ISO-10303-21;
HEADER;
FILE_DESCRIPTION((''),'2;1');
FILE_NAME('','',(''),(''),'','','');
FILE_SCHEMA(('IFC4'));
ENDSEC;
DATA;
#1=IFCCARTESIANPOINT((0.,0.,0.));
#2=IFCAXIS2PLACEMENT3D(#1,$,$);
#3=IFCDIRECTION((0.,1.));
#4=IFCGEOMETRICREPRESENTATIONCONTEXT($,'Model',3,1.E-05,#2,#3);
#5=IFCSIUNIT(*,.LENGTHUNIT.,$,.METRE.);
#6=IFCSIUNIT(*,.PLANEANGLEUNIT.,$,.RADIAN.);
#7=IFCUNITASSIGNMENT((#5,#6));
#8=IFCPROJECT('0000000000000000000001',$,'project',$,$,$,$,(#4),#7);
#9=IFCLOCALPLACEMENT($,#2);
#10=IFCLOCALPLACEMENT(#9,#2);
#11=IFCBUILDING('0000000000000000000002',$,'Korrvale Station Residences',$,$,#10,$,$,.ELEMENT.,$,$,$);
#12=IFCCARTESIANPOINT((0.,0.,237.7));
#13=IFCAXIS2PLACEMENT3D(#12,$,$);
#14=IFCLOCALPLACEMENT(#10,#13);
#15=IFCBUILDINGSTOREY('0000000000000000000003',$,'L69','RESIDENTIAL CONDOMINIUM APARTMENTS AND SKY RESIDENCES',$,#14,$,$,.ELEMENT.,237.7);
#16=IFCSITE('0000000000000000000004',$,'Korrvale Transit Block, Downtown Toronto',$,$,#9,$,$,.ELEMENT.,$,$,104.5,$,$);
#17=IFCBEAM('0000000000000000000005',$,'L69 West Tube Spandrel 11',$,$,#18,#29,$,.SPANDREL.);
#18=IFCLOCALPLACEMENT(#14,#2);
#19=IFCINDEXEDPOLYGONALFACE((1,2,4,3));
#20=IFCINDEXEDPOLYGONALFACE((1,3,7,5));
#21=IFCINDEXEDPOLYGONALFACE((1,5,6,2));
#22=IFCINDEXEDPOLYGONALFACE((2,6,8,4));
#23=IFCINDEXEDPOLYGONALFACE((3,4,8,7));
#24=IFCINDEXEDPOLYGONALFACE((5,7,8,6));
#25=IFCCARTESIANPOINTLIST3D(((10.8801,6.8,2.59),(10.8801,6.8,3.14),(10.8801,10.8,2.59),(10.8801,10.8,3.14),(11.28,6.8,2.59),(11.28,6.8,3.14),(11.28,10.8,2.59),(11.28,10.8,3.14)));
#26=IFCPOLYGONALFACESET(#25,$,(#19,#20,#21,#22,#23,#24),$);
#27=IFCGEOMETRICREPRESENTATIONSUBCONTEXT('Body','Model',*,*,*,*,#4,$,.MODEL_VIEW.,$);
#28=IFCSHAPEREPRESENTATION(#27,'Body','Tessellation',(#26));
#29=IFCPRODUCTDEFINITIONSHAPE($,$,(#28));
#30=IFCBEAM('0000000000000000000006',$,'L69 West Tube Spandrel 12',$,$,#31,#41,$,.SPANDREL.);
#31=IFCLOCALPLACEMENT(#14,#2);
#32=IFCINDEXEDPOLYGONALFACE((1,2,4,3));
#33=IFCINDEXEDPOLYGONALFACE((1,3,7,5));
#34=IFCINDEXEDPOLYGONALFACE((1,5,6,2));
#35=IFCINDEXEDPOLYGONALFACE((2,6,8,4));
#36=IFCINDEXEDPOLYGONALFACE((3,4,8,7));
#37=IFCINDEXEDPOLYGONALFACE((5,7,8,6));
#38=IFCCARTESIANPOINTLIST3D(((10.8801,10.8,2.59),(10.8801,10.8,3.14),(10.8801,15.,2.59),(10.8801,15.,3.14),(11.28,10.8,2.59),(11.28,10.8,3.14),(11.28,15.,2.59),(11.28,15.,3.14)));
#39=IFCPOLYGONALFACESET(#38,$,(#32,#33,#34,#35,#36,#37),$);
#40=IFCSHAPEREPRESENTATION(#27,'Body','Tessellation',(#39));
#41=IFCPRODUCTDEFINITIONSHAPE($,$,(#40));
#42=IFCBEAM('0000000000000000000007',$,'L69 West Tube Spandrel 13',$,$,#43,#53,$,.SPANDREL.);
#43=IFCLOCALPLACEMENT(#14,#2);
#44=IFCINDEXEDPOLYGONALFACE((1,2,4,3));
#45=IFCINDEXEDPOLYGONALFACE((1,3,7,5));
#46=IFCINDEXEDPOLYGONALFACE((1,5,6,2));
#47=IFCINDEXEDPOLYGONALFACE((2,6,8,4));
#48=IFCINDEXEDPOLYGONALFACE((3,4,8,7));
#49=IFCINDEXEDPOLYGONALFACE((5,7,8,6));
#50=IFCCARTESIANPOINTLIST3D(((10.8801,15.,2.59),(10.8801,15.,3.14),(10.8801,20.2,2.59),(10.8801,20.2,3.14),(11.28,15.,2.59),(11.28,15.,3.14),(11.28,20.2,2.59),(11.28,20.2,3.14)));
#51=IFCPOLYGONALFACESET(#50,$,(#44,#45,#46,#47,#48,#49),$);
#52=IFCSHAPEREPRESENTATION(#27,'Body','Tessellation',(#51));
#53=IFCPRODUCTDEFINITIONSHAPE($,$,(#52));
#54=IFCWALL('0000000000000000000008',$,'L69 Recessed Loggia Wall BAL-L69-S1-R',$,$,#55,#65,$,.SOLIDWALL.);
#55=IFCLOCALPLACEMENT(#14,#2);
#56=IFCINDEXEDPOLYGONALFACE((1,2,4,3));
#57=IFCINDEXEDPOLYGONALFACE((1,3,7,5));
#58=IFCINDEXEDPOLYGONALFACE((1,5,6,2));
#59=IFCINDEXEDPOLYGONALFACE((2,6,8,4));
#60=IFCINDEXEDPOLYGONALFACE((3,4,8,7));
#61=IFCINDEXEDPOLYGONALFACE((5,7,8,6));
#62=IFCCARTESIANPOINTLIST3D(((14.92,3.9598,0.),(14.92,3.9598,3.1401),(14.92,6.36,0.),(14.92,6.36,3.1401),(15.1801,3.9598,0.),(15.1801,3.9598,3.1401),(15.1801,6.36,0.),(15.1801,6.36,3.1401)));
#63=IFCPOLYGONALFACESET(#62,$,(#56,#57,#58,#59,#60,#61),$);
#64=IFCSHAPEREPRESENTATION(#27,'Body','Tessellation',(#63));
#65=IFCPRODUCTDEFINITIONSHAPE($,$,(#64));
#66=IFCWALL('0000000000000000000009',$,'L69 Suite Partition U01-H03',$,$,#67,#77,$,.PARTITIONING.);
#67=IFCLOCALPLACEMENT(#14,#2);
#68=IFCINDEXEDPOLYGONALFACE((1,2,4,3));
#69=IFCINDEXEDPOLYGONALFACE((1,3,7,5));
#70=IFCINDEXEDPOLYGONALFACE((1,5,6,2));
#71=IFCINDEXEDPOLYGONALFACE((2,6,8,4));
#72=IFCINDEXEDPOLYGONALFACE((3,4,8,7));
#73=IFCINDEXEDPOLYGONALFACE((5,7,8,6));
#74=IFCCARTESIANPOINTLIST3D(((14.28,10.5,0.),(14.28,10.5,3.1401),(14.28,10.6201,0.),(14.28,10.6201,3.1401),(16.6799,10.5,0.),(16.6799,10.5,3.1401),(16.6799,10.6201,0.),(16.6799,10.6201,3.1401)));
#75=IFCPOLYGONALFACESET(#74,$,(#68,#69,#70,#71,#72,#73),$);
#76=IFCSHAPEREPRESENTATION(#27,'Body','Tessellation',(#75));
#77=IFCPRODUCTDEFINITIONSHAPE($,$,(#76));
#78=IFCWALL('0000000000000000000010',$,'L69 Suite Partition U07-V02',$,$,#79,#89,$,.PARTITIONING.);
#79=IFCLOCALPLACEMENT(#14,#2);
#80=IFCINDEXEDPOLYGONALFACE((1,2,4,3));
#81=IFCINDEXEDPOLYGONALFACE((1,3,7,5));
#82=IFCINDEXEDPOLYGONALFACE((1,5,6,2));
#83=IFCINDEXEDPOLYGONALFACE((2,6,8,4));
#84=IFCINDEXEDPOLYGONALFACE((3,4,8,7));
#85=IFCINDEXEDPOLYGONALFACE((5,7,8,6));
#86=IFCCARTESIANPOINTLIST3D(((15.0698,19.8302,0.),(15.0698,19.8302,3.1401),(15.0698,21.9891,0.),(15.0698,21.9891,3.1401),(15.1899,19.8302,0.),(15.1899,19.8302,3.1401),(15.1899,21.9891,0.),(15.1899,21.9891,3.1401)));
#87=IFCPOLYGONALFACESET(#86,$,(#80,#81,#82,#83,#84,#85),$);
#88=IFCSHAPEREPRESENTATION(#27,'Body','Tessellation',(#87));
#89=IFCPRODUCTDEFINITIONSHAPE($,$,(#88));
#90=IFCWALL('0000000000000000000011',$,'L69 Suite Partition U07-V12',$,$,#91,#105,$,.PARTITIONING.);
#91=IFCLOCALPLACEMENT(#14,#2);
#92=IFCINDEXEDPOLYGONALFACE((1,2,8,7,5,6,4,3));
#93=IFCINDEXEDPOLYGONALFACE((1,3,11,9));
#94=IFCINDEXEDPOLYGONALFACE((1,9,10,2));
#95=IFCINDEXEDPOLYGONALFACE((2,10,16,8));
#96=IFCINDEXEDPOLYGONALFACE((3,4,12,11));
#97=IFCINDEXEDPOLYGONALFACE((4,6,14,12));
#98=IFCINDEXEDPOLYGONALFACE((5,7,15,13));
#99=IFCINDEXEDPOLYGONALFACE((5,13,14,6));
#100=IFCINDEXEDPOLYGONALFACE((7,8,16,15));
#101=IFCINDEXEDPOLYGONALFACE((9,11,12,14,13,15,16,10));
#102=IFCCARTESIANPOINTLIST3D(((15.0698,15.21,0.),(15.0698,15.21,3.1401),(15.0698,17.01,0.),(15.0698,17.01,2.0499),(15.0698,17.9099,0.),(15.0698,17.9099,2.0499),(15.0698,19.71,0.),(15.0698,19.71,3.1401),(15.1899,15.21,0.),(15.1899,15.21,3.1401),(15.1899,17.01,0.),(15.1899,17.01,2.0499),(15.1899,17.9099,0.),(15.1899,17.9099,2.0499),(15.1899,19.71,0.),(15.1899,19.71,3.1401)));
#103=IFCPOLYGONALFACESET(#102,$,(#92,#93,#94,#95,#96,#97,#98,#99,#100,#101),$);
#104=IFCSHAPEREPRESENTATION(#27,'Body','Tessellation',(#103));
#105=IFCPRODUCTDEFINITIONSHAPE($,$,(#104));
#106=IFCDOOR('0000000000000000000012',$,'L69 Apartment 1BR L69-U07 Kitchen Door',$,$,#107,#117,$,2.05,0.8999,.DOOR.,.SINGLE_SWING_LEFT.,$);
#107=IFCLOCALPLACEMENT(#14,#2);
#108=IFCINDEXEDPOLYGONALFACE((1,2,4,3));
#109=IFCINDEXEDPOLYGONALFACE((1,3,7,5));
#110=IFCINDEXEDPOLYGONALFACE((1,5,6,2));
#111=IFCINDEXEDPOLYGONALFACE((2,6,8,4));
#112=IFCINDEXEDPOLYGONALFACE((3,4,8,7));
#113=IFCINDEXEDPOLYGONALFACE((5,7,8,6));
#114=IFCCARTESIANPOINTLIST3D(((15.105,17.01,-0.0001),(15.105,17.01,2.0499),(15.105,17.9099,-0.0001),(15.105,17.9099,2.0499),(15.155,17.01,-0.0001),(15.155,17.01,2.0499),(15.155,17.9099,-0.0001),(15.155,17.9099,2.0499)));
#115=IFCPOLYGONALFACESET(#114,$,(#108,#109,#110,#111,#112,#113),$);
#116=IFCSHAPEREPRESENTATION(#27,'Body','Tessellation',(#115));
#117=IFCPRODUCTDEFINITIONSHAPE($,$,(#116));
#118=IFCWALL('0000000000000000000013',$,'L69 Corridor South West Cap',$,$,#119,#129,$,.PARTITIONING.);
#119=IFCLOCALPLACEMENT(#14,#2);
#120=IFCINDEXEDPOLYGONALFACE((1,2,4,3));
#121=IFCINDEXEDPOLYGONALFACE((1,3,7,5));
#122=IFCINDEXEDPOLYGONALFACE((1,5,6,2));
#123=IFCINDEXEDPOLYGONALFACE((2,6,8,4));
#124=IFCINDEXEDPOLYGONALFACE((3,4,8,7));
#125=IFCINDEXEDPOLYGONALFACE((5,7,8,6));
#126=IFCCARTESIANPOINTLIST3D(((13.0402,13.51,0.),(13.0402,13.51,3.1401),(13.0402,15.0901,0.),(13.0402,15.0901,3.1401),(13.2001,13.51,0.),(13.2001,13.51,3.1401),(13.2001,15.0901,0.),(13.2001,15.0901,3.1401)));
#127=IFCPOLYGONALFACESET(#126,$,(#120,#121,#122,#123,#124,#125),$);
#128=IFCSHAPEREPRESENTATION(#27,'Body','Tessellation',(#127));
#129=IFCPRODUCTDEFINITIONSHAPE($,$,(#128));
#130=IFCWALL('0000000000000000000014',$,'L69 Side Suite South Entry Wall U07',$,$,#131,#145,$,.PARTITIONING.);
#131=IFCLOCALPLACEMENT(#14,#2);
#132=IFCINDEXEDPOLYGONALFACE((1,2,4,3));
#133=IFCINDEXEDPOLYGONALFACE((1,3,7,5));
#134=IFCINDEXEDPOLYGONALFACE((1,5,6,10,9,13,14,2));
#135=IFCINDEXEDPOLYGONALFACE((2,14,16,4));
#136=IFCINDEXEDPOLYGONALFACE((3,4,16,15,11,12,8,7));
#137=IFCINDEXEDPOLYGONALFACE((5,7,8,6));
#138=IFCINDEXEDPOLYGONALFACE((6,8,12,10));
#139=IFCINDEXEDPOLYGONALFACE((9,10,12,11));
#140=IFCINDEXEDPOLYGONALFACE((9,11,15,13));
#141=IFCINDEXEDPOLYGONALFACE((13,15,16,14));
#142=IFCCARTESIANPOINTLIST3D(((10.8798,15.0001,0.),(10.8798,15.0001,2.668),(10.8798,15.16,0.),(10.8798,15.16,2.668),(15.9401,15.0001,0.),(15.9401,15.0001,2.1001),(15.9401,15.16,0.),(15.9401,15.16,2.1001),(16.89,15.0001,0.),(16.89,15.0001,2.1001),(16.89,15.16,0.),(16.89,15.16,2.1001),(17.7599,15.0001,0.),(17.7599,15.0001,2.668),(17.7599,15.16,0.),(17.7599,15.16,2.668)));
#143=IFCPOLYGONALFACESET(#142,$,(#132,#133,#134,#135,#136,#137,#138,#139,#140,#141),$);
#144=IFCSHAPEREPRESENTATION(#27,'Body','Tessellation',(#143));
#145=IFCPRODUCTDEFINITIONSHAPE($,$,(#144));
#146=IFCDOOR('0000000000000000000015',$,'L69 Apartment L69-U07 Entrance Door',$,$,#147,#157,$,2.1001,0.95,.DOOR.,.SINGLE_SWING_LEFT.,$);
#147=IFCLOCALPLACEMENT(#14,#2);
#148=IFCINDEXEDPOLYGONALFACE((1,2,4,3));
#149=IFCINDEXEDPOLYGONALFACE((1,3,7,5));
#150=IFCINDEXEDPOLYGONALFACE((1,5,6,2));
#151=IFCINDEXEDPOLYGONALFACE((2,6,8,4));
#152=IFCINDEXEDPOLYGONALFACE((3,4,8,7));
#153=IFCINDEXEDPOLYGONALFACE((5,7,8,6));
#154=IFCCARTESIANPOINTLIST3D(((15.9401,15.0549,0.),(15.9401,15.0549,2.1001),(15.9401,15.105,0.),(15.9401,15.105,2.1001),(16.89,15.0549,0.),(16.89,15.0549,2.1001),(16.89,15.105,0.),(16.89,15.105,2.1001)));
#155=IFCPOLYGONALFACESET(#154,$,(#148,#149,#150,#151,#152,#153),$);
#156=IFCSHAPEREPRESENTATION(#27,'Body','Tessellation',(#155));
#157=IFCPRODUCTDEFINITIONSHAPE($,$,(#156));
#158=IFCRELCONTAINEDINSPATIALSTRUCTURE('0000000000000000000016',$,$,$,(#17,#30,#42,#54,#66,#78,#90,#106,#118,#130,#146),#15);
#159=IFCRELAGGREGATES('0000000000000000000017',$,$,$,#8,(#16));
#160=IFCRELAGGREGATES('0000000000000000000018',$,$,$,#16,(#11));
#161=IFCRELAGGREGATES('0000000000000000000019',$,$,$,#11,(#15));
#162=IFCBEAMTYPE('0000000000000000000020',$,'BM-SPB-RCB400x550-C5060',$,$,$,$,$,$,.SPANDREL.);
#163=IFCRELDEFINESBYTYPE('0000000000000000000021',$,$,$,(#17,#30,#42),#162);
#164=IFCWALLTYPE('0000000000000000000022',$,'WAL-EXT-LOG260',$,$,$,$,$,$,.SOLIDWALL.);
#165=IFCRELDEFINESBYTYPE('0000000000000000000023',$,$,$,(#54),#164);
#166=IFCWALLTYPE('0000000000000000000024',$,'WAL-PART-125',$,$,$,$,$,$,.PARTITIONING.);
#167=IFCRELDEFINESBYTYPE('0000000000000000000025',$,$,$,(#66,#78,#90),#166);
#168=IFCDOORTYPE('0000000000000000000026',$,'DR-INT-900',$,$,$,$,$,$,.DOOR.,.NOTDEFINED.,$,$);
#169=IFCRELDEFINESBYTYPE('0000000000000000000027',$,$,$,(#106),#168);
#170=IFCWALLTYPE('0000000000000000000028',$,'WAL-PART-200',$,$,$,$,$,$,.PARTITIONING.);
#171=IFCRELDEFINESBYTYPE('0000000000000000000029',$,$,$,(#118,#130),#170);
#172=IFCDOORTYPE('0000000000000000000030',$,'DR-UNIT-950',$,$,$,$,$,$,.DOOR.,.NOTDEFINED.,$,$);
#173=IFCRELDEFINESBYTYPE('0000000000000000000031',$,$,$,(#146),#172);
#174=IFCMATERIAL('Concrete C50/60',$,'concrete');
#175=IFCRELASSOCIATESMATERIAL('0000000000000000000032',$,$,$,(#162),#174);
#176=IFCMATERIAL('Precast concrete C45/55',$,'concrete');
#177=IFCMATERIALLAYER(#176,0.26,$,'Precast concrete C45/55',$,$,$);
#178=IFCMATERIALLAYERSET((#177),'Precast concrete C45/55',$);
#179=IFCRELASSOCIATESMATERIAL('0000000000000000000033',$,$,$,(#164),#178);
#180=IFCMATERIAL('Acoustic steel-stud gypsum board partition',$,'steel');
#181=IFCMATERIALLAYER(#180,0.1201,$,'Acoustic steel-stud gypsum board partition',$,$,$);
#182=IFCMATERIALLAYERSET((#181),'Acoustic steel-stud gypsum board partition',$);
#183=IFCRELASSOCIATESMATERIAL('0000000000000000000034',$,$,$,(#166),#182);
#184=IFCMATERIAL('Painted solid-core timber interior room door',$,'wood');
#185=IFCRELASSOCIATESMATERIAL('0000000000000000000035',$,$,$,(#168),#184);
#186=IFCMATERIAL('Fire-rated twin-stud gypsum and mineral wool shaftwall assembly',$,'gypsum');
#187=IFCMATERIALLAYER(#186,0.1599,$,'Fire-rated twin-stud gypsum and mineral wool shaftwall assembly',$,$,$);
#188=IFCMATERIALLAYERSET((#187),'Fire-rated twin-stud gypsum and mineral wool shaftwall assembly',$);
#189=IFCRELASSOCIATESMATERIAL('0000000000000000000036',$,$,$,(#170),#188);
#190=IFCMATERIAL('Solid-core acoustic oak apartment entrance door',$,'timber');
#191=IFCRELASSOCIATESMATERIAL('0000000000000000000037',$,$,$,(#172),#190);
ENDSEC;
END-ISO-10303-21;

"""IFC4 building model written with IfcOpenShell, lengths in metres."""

from ifc_helpers import new_model, si_unit, direction, frame, frame_2d, origin, origin_2d, place, context, subcontext, project, spatial, rectangle, extrude, material, layer, layer_set, material_profile, profile_set, type_object, element, fill, save


model = new_model("IFC4")

# Units and contexts
model_context = context("Model", 3, precision=1e-05, world=origin(), true_north=direction((0.0, 1.0)))
body_context = subcontext(model_context, "Body", "Model", "MODEL_VIEW")
ifc_project = project(units=[si_unit("LENGTHUNIT", "METRE"), si_unit("PLANEANGLEUNIT", "RADIAN")], contexts=[model_context])

# Site, building, storey
site_placement = place(None, origin())
site = spatial("IfcSite", under=ifc_project, at=site_placement, Name="Korrvale Transit Block, Downtown Toronto", CompositionType="ELEMENT", RefElevation=104.5)
building_placement = place(site_placement, origin())
building = spatial("IfcBuilding", under=site, at=building_placement, Name="Korrvale Station Residences", CompositionType="ELEMENT")
storey_placement = place(building_placement, frame((0.0, 0.0, 237.7)))
storey = spatial("IfcBuildingStorey", under=building, at=storey_placement, Name="L69", Description="RESIDENTIAL CONDOMINIUM APARTMENTS AND SKY RESIDENCES", CompositionType="ELEMENT", Elevation=237.7)

# Shared definitions
ifc_material_1 = material(Name="Concrete C50/60", Category="concrete")

# Beams
ifc_material_profile_1 = material_profile(ifc_material_1, rectangle(XDim=0.3999, YDim=0.55, at=origin_2d()), Name="RCB400x550")
ifc_profile_set_1 = profile_set([ifc_material_profile_1], Name="Concrete C50/60")
beam_type_1 = type_object("IfcBeamType", Name="BM-SPB-RCB400x550-C5060", PredefinedType="SPANDREL", material=ifc_profile_set_1)
beam_1_placement = place(storey_placement, frame((11.0801, 6.8, 2.865), z_axis=(0.0, 1.0, 0.0), x_axis=(-1.0, 0.0, 0.0)))
element("IfcBeam", 1, at=beam_1_placement, inside=storey, type_object=beam_type_1, Name="L69 West Tube Spandrel 11", PredefinedType="SPANDREL", context=body_context, shape_type="SweptSolid", body=[
    extrude(rectangle(XDim=0.3999, YDim=0.55, at=origin_2d()), origin(), (0.0, 0.0, 1.0), 4.0),
])
beam_2_placement = place(storey_placement, frame((11.0801, 10.8, 2.865), z_axis=(0.0, 1.0, 0.0), x_axis=(-1.0, 0.0, 0.0)))
element("IfcBeam", 2, at=beam_2_placement, inside=storey, type_object=beam_type_1, Name="L69 West Tube Spandrel 12", PredefinedType="SPANDREL", context=body_context, shape_type="SweptSolid", body=[
    extrude(rectangle(XDim=0.3999, YDim=0.55, at=origin_2d()), origin(), (0.0, 0.0, 1.0), 4.2),
])
beam_3_placement = place(storey_placement, frame((11.0801, 15.0, 2.865), z_axis=(0.0, 1.0, 0.0), x_axis=(-1.0, 0.0, 0.0)))
element("IfcBeam", 3, at=beam_3_placement, inside=storey, type_object=beam_type_1, Name="L69 West Tube Spandrel 13", PredefinedType="SPANDREL", context=body_context, shape_type="SweptSolid", body=[
    extrude(rectangle(XDim=0.3999, YDim=0.55, at=origin_2d()), origin(), (0.0, 0.0, 1.0), 5.2),
])

# Walls
ifc_material_2 = material(Name="Precast concrete C45/55", Category="concrete")
ifc_layer_1 = layer(ifc_material_2, 0.26, Name="Precast concrete C45/55")
ifc_layer_set_1 = layer_set([ifc_layer_1], Name="Precast concrete C45/55")
wall_type_1 = type_object("IfcWallType", Name="WAL-EXT-LOG260", PredefinedType="SOLIDWALL", material=ifc_layer_set_1)
wall_1_placement = place(storey_placement, frame((15.05, 6.3601, 0.0), z_axis=(0.0, 0.0, 1.0), x_axis=(0.0, -1.0, 0.0)))
element("IfcWall", 4, at=wall_1_placement, inside=storey, type_object=wall_type_1, Name="L69 Recessed Loggia Wall BAL-L69-S1-R", PredefinedType="SOLIDWALL", context=body_context, shape_type="SweptSolid", body=[
    extrude(rectangle(XDim=2.4001, YDim=0.26, at=frame_2d((1.2002, 0.0))), origin(), (0.0, 0.0, 1.0), 3.1401),
])
ifc_material_3 = material(Name="Acoustic steel-stud gypsum board partition", Category="steel")
ifc_layer_2 = layer(ifc_material_3, 0.1201, Name="Acoustic steel-stud gypsum board partition")
ifc_layer_set_2 = layer_set([ifc_layer_2], Name="Acoustic steel-stud gypsum board partition")
wall_type_2 = type_object("IfcWallType", Name="WAL-PART-125", PredefinedType="PARTITIONING", material=ifc_layer_set_2)
wall_2_placement = place(storey_placement, frame((14.28, 10.5601, 0.0), z_axis=(0.0, 0.0, 1.0), x_axis=(1.0, 0.0, 0.0)))
element("IfcWall", 5, at=wall_2_placement, inside=storey, type_object=wall_type_2, Name="L69 Suite Partition U01-H03", PredefinedType="PARTITIONING", context=body_context, shape_type="SweptSolid", body=[
    extrude(rectangle(XDim=2.3999, YDim=0.1201, at=frame_2d((1.2, 0.0))), origin(), (0.0, 0.0, 1.0), 3.1401),
])
wall_3_placement = place(storey_placement, frame((15.1299, 19.8301, 0.0), z_axis=(0.0, 0.0, 1.0), x_axis=(0.0, 1.0, 0.0)))
element("IfcWall", 6, at=wall_3_placement, inside=storey, type_object=wall_type_2, Name="L69 Suite Partition U07-V02", PredefinedType="PARTITIONING", context=body_context, shape_type="SweptSolid", body=[
    extrude(rectangle(XDim=2.1589, YDim=0.1201, at=frame_2d((1.0796, 0.0))), origin(), (0.0, 0.0, 1.0), 3.1401),
])

# Wall, opening, door
wall_4_placement = place(storey_placement, frame((15.1299, 15.21, 0.0), z_axis=(0.0, 0.0, 1.0), x_axis=(0.0, 1.0, 0.0)))
wall_4 = element("IfcWall", 7, at=wall_4_placement, inside=storey, type_object=wall_type_2, Name="L69 Suite Partition U07-V12", PredefinedType="PARTITIONING", context=body_context, shape_type="SweptSolid", body=[
    extrude(rectangle(XDim=4.5, YDim=0.1201, at=frame_2d((2.25, 0.0))), origin(), (0.0, 0.0, 1.0), 3.1401),
])
opening_1_placement = place(wall_4_placement, frame((1.8, 0.0, 0.0)))
opening_1 = element("IfcOpeningElement", 8, at=opening_1_placement, cuts=wall_4, PredefinedType="OPENING", context=body_context, shape_type="SweptSolid", body=[
    extrude(rectangle(XDim=0.8999, YDim=2.05, at=frame_2d((0.45, 1.0249))), frame((0.0, 0.0701, 0.0), z_axis=(0.0, -1.0, 0.0), x_axis=(1.0, 0.0, 0.0)), (0.0, 0.0, 1.0), 0.1401),
])
ifc_material_4 = material(Name="Painted solid-core timber interior room door", Category="wood")
door_type_1 = type_object("IfcDoorType", Name="DR-INT-900", OperationType="NOTDEFINED", PredefinedType="DOOR", material=ifc_material_4)
door_1_placement = place(opening_1_placement, origin())
door_1 = element("IfcDoor", 9, at=door_1_placement, inside=storey, type_object=door_type_1, Name="L69 Apartment 1BR L69-U07 Kitchen Door", OperationType="SINGLE_SWING_LEFT", OverallHeight=2.05, OverallWidth=0.8999, PredefinedType="DOOR", context=body_context, shape_type="SweptSolid", body=[
    extrude(rectangle(XDim=0.8999, YDim=2.05, at=frame_2d((0.45, 1.0249))), frame((0.0, 0.0249, 0.0), z_axis=(0.0, -1.0, 0.0), x_axis=(1.0, 0.0, 0.0)), (0.0, 0.0, 1.0), 0.05),
])
fill(opening_1, door_1)

# Wall
ifc_material_5 = material(Name="Fire-rated twin-stud gypsum and mineral wool shaftwall assembly", Category="gypsum")
ifc_layer_3 = layer(ifc_material_5, 0.1599, Name="Fire-rated twin-stud gypsum and mineral wool shaftwall assembly")
ifc_layer_set_3 = layer_set([ifc_layer_3], Name="Fire-rated twin-stud gypsum and mineral wool shaftwall assembly")
wall_type_3 = type_object("IfcWallType", Name="WAL-PART-200", PredefinedType="PARTITIONING", material=ifc_layer_set_3)
wall_5_placement = place(storey_placement, frame((13.1201, 13.51, 0.0), z_axis=(0.0, 0.0, 1.0), x_axis=(0.0, 1.0, 0.0)))
element("IfcWall", 10, at=wall_5_placement, inside=storey, type_object=wall_type_3, Name="L69 Corridor South West Cap", PredefinedType="PARTITIONING", context=body_context, shape_type="SweptSolid", body=[
    extrude(rectangle(XDim=1.5801, YDim=0.1599, at=frame_2d((0.79, 0.0))), origin(), (0.0, 0.0, 1.0), 3.1401),
])

# Wall, opening, door
wall_6_placement = place(storey_placement, frame((10.8799, 15.0801, 0.0), z_axis=(0.0, 0.0, 1.0), x_axis=(1.0, 0.0, 0.0)))
wall_6 = element("IfcWall", 11, at=wall_6_placement, inside=storey, type_object=wall_type_3, Name="L69 Side Suite South Entry Wall U07", PredefinedType="PARTITIONING", context=body_context, shape_type="SweptSolid", body=[
    extrude(rectangle(XDim=6.8801, YDim=0.1599, at=frame_2d((3.4399, 0.0))), origin(), (0.0, 0.0, 1.0), 2.668),
])
opening_2_placement = place(wall_6_placement, frame((5.0601, 0.0, 0.0)))
opening_2 = element("IfcOpeningElement", 12, at=opening_2_placement, cuts=wall_6, PredefinedType="OPENING", context=body_context, shape_type="SweptSolid", body=[
    extrude(rectangle(XDim=0.95, YDim=2.1001, at=frame_2d((0.4751, 1.05))), frame((0.0, 0.0898, 0.0), z_axis=(0.0, -1.0, 0.0), x_axis=(1.0, 0.0, 0.0)), (0.0, 0.0, 1.0), 0.1799),
])
ifc_material_6 = material(Name="Solid-core acoustic oak apartment entrance door", Category="timber")
door_type_2 = type_object("IfcDoorType", Name="DR-UNIT-950", OperationType="NOTDEFINED", PredefinedType="DOOR", material=ifc_material_6)
door_2_placement = place(opening_2_placement, origin())
door_2 = element("IfcDoor", 13, at=door_2_placement, inside=storey, type_object=door_type_2, Name="L69 Apartment L69-U07 Entrance Door", OperationType="SINGLE_SWING_LEFT", OverallHeight=2.1001, OverallWidth=0.95, PredefinedType="DOOR", context=body_context, shape_type="SweptSolid", body=[
    extrude(rectangle(XDim=0.95, YDim=2.1001, at=frame_2d((0.4751, 1.05))), frame((0.0, 0.0249, 0.0), z_axis=(0.0, -1.0, 0.0), x_axis=(1.0, 0.0, 0.0)), (0.0, 0.0, 1.0), 0.05),
])
fill(opening_2, door_2)

save(model, "model.ifc")
